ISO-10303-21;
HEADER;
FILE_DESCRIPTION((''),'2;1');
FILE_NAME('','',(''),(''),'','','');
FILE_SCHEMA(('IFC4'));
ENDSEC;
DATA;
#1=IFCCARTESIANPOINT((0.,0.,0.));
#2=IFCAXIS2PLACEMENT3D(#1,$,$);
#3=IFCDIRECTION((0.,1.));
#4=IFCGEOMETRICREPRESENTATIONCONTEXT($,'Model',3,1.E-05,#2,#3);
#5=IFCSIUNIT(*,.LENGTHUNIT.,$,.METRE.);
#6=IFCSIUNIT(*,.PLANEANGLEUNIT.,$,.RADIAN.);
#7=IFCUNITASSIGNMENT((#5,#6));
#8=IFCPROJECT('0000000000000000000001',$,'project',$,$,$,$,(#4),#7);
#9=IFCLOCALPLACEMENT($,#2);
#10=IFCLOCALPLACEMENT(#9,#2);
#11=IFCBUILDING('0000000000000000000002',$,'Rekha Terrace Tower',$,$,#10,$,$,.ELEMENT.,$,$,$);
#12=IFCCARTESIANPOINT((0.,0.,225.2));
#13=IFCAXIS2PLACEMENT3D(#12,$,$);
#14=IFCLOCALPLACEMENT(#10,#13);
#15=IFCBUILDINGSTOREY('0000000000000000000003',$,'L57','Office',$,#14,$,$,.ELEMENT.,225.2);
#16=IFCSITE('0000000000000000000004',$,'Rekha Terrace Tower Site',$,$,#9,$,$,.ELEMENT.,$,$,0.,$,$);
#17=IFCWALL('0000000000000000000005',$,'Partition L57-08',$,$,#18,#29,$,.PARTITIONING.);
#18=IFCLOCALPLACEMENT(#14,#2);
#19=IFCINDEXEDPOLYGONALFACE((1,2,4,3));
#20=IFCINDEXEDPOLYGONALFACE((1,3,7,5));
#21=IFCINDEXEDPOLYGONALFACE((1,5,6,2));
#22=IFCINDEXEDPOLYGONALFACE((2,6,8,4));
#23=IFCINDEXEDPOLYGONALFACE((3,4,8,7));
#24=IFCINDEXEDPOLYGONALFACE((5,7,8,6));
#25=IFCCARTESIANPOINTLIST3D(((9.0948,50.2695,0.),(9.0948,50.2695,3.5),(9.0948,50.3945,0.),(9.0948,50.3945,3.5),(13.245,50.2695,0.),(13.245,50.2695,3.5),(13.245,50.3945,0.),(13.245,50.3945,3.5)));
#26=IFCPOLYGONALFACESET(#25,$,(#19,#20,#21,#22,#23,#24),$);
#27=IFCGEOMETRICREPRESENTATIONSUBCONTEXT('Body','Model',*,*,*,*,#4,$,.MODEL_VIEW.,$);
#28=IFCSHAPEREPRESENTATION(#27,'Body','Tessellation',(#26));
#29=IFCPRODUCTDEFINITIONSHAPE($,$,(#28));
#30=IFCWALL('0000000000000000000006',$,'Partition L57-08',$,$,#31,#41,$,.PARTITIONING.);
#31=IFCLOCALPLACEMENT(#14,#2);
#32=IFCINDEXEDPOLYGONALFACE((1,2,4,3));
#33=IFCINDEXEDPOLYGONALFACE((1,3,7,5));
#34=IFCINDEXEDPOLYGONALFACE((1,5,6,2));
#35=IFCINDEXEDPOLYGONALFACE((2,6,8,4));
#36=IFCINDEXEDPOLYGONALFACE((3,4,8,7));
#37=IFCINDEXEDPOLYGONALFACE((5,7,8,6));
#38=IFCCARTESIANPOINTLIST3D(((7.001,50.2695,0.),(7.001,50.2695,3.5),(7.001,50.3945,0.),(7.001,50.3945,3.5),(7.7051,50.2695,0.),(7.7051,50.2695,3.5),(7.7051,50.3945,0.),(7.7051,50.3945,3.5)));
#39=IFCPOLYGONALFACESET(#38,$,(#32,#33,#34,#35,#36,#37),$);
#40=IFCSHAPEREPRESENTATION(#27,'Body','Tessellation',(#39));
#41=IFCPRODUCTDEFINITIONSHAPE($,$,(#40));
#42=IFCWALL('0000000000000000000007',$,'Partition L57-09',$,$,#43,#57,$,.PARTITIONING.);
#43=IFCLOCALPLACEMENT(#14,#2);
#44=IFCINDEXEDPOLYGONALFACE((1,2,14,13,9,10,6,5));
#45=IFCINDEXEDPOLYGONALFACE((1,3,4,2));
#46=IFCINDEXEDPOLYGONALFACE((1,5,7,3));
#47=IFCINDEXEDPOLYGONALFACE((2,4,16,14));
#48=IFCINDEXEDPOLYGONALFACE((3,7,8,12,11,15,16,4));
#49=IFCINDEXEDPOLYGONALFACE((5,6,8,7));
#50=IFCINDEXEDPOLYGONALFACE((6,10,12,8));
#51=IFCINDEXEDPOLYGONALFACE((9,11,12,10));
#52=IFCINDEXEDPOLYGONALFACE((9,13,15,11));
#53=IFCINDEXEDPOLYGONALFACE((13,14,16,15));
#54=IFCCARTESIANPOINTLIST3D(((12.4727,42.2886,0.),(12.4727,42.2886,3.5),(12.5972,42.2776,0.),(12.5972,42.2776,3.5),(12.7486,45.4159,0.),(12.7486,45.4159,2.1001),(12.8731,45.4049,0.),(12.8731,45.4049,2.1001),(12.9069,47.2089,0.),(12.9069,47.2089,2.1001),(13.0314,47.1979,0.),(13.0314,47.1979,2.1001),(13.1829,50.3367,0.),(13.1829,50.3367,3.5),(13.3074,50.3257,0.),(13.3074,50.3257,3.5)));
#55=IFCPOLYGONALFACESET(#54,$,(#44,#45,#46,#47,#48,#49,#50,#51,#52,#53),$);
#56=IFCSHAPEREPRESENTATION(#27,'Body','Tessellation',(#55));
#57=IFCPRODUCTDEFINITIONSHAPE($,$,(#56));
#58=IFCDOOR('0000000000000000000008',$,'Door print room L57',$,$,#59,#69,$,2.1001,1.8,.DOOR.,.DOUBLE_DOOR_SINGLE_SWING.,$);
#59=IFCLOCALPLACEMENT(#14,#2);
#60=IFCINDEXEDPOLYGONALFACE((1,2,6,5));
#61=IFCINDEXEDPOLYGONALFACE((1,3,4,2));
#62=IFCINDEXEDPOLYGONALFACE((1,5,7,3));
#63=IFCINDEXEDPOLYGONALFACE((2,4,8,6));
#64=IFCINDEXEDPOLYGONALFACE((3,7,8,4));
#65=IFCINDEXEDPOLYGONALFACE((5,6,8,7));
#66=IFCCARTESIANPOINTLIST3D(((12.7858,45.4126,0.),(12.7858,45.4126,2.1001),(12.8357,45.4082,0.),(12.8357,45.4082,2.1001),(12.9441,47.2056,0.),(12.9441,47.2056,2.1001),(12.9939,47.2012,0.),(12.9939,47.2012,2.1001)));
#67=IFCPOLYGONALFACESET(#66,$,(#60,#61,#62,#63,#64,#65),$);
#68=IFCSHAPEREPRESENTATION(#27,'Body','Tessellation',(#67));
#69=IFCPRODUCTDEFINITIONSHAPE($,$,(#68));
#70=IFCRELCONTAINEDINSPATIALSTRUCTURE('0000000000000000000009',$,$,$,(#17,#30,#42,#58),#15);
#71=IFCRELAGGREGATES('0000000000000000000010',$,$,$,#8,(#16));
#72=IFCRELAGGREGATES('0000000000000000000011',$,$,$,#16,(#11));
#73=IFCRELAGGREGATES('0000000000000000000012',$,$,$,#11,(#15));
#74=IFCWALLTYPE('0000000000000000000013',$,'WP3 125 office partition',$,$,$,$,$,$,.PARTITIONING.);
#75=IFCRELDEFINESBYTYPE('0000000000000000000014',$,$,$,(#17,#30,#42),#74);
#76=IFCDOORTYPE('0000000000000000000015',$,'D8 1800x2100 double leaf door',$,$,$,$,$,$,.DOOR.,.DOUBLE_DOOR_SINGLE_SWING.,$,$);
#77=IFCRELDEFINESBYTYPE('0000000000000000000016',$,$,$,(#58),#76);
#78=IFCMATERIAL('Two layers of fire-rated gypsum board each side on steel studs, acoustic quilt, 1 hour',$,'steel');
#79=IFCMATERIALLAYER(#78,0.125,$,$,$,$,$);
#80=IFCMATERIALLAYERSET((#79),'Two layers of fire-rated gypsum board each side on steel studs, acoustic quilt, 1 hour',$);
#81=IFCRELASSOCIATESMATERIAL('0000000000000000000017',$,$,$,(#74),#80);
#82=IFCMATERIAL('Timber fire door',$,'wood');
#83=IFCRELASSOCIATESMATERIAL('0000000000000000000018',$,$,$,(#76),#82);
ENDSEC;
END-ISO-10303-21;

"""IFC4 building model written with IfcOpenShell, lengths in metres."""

from ifc_helpers import new_model, si_unit, direction, frame, frame_2d, origin, place, context, subcontext, project, spatial, rectangle, extrude, material, layer, layer_set, type_object, element, fill, save


model = new_model("IFC4")

# Units and contexts
model_context = context("Model", 3, precision=1e-05, world=origin(), true_north=direction((0.0, 1.0)))
body_context = subcontext(model_context, "Body", "Model", "MODEL_VIEW")
ifc_project = project(units=[si_unit("LENGTHUNIT", "METRE"), si_unit("PLANEANGLEUNIT", "RADIAN")], contexts=[model_context])

# Site, building, storey
site_placement = place(None, origin())
site = spatial("IfcSite", under=ifc_project, at=site_placement, Name="Rekha Terrace Tower Site", CompositionType="ELEMENT", RefElevation=0.0)
building_placement = place(site_placement, origin())
building = spatial("IfcBuilding", under=site, at=building_placement, Name="Rekha Terrace Tower", CompositionType="ELEMENT")
storey_placement = place(building_placement, frame((0.0, 0.0, 225.2)))
storey = spatial("IfcBuildingStorey", under=building, at=storey_placement, Name="L57", Description="Office", CompositionType="ELEMENT", Elevation=225.2)

# Walls
ifc_material_1 = material(Name="Two layers of fire-rated gypsum board each side on steel studs, acoustic quilt, 1 hour", Category="steel")
ifc_layer_1 = layer(ifc_material_1, 0.125)
ifc_layer_set_1 = layer_set([ifc_layer_1], Name="Two layers of fire-rated gypsum board each side on steel studs, acoustic quilt, 1 hour")
wall_type = type_object("IfcWallType", Name="WP3 125 office partition", PredefinedType="PARTITIONING", material=ifc_layer_set_1)
wall_1_placement = place(storey_placement, frame((13.2451, 50.332, 0.0), z_axis=(0.0, 0.0, 1.0), x_axis=(-1.0, 0.0, 0.0)))
element("IfcWall", 1, at=wall_1_placement, inside=storey, type_object=wall_type, Name="Partition L57-08", PredefinedType="PARTITIONING", context=body_context, shape_type="SweptSolid", body=[
    extrude(rectangle(XDim=4.1501, YDim=0.125, at=frame_2d((2.0752, 0.0))), origin(), (0.0, 0.0, 1.0), 3.5),
])
wall_2_placement = place(storey_placement, frame((7.7051, 50.332, 0.0), z_axis=(0.0, 0.0, 1.0), x_axis=(-1.0, 0.0, 0.0)))
element("IfcWall", 2, at=wall_2_placement, inside=storey, type_object=wall_type, Name="Partition L57-08", PredefinedType="PARTITIONING", context=body_context, shape_type="SweptSolid", body=[
    extrude(rectangle(XDim=0.7041, YDim=0.125, at=frame_2d((0.3521, 0.0))), origin(), (0.0, 0.0, 1.0), 3.5),
])

# Wall, opening, door
wall_3_placement = place(storey_placement, frame((13.2451, 50.3311, 0.0), z_axis=(0.0, 0.0, 1.0), x_axis=(-0.087904, -0.996129, 0.0)))
wall_3 = element("IfcWall", 3, at=wall_3_placement, inside=storey, type_object=wall_type, Name="Partition L57-09", PredefinedType="PARTITIONING", context=body_context, shape_type="SweptSolid", body=[
    extrude(rectangle(XDim=8.0793, YDim=0.125, at=frame_2d((4.0396, 0.0))), origin(), (0.0, 0.0, 1.0), 3.5),
])
opening_placement = place(wall_3_placement, frame((3.1399, 0.0, 0.0)))
opening = element("IfcOpeningElement", 4, at=opening_placement, cuts=wall_3, PredefinedType="OPENING", context=body_context, shape_type="SweptSolid", body=[
    extrude(rectangle(XDim=1.8, YDim=2.1001, at=frame_2d((0.8999, 1.05))), frame((0.0, 0.0725, 0.0), z_axis=(0.0, -1.0, 0.0), x_axis=(1.0, 0.0, 0.0)), (0.0, 0.0, 1.0), 0.145),
])
ifc_material_2 = material(Name="Timber fire door", Category="wood")
door_type = type_object("IfcDoorType", Name="D8 1800x2100 double leaf door", OperationType="DOUBLE_DOOR_SINGLE_SWING", PredefinedType="DOOR", material=ifc_material_2)
door_placement = place(opening_placement, origin())
door = element("IfcDoor", 5, at=door_placement, inside=storey, type_object=door_type, Name="Door print room L57", OperationType="DOUBLE_DOOR_SINGLE_SWING", OverallHeight=2.1001, OverallWidth=1.8, PredefinedType="DOOR", context=body_context, shape_type="SweptSolid", body=[
    extrude(rectangle(XDim=1.8, YDim=2.1001, at=frame_2d((0.8999, 1.05))), frame((0.0, 0.0249, 0.0), z_axis=(0.0, -1.0, 0.0), x_axis=(1.0, 0.0, 0.0)), (0.0, 0.0, 1.0), 0.05),
])
fill(opening, door)

save(model, "model.ifc")
